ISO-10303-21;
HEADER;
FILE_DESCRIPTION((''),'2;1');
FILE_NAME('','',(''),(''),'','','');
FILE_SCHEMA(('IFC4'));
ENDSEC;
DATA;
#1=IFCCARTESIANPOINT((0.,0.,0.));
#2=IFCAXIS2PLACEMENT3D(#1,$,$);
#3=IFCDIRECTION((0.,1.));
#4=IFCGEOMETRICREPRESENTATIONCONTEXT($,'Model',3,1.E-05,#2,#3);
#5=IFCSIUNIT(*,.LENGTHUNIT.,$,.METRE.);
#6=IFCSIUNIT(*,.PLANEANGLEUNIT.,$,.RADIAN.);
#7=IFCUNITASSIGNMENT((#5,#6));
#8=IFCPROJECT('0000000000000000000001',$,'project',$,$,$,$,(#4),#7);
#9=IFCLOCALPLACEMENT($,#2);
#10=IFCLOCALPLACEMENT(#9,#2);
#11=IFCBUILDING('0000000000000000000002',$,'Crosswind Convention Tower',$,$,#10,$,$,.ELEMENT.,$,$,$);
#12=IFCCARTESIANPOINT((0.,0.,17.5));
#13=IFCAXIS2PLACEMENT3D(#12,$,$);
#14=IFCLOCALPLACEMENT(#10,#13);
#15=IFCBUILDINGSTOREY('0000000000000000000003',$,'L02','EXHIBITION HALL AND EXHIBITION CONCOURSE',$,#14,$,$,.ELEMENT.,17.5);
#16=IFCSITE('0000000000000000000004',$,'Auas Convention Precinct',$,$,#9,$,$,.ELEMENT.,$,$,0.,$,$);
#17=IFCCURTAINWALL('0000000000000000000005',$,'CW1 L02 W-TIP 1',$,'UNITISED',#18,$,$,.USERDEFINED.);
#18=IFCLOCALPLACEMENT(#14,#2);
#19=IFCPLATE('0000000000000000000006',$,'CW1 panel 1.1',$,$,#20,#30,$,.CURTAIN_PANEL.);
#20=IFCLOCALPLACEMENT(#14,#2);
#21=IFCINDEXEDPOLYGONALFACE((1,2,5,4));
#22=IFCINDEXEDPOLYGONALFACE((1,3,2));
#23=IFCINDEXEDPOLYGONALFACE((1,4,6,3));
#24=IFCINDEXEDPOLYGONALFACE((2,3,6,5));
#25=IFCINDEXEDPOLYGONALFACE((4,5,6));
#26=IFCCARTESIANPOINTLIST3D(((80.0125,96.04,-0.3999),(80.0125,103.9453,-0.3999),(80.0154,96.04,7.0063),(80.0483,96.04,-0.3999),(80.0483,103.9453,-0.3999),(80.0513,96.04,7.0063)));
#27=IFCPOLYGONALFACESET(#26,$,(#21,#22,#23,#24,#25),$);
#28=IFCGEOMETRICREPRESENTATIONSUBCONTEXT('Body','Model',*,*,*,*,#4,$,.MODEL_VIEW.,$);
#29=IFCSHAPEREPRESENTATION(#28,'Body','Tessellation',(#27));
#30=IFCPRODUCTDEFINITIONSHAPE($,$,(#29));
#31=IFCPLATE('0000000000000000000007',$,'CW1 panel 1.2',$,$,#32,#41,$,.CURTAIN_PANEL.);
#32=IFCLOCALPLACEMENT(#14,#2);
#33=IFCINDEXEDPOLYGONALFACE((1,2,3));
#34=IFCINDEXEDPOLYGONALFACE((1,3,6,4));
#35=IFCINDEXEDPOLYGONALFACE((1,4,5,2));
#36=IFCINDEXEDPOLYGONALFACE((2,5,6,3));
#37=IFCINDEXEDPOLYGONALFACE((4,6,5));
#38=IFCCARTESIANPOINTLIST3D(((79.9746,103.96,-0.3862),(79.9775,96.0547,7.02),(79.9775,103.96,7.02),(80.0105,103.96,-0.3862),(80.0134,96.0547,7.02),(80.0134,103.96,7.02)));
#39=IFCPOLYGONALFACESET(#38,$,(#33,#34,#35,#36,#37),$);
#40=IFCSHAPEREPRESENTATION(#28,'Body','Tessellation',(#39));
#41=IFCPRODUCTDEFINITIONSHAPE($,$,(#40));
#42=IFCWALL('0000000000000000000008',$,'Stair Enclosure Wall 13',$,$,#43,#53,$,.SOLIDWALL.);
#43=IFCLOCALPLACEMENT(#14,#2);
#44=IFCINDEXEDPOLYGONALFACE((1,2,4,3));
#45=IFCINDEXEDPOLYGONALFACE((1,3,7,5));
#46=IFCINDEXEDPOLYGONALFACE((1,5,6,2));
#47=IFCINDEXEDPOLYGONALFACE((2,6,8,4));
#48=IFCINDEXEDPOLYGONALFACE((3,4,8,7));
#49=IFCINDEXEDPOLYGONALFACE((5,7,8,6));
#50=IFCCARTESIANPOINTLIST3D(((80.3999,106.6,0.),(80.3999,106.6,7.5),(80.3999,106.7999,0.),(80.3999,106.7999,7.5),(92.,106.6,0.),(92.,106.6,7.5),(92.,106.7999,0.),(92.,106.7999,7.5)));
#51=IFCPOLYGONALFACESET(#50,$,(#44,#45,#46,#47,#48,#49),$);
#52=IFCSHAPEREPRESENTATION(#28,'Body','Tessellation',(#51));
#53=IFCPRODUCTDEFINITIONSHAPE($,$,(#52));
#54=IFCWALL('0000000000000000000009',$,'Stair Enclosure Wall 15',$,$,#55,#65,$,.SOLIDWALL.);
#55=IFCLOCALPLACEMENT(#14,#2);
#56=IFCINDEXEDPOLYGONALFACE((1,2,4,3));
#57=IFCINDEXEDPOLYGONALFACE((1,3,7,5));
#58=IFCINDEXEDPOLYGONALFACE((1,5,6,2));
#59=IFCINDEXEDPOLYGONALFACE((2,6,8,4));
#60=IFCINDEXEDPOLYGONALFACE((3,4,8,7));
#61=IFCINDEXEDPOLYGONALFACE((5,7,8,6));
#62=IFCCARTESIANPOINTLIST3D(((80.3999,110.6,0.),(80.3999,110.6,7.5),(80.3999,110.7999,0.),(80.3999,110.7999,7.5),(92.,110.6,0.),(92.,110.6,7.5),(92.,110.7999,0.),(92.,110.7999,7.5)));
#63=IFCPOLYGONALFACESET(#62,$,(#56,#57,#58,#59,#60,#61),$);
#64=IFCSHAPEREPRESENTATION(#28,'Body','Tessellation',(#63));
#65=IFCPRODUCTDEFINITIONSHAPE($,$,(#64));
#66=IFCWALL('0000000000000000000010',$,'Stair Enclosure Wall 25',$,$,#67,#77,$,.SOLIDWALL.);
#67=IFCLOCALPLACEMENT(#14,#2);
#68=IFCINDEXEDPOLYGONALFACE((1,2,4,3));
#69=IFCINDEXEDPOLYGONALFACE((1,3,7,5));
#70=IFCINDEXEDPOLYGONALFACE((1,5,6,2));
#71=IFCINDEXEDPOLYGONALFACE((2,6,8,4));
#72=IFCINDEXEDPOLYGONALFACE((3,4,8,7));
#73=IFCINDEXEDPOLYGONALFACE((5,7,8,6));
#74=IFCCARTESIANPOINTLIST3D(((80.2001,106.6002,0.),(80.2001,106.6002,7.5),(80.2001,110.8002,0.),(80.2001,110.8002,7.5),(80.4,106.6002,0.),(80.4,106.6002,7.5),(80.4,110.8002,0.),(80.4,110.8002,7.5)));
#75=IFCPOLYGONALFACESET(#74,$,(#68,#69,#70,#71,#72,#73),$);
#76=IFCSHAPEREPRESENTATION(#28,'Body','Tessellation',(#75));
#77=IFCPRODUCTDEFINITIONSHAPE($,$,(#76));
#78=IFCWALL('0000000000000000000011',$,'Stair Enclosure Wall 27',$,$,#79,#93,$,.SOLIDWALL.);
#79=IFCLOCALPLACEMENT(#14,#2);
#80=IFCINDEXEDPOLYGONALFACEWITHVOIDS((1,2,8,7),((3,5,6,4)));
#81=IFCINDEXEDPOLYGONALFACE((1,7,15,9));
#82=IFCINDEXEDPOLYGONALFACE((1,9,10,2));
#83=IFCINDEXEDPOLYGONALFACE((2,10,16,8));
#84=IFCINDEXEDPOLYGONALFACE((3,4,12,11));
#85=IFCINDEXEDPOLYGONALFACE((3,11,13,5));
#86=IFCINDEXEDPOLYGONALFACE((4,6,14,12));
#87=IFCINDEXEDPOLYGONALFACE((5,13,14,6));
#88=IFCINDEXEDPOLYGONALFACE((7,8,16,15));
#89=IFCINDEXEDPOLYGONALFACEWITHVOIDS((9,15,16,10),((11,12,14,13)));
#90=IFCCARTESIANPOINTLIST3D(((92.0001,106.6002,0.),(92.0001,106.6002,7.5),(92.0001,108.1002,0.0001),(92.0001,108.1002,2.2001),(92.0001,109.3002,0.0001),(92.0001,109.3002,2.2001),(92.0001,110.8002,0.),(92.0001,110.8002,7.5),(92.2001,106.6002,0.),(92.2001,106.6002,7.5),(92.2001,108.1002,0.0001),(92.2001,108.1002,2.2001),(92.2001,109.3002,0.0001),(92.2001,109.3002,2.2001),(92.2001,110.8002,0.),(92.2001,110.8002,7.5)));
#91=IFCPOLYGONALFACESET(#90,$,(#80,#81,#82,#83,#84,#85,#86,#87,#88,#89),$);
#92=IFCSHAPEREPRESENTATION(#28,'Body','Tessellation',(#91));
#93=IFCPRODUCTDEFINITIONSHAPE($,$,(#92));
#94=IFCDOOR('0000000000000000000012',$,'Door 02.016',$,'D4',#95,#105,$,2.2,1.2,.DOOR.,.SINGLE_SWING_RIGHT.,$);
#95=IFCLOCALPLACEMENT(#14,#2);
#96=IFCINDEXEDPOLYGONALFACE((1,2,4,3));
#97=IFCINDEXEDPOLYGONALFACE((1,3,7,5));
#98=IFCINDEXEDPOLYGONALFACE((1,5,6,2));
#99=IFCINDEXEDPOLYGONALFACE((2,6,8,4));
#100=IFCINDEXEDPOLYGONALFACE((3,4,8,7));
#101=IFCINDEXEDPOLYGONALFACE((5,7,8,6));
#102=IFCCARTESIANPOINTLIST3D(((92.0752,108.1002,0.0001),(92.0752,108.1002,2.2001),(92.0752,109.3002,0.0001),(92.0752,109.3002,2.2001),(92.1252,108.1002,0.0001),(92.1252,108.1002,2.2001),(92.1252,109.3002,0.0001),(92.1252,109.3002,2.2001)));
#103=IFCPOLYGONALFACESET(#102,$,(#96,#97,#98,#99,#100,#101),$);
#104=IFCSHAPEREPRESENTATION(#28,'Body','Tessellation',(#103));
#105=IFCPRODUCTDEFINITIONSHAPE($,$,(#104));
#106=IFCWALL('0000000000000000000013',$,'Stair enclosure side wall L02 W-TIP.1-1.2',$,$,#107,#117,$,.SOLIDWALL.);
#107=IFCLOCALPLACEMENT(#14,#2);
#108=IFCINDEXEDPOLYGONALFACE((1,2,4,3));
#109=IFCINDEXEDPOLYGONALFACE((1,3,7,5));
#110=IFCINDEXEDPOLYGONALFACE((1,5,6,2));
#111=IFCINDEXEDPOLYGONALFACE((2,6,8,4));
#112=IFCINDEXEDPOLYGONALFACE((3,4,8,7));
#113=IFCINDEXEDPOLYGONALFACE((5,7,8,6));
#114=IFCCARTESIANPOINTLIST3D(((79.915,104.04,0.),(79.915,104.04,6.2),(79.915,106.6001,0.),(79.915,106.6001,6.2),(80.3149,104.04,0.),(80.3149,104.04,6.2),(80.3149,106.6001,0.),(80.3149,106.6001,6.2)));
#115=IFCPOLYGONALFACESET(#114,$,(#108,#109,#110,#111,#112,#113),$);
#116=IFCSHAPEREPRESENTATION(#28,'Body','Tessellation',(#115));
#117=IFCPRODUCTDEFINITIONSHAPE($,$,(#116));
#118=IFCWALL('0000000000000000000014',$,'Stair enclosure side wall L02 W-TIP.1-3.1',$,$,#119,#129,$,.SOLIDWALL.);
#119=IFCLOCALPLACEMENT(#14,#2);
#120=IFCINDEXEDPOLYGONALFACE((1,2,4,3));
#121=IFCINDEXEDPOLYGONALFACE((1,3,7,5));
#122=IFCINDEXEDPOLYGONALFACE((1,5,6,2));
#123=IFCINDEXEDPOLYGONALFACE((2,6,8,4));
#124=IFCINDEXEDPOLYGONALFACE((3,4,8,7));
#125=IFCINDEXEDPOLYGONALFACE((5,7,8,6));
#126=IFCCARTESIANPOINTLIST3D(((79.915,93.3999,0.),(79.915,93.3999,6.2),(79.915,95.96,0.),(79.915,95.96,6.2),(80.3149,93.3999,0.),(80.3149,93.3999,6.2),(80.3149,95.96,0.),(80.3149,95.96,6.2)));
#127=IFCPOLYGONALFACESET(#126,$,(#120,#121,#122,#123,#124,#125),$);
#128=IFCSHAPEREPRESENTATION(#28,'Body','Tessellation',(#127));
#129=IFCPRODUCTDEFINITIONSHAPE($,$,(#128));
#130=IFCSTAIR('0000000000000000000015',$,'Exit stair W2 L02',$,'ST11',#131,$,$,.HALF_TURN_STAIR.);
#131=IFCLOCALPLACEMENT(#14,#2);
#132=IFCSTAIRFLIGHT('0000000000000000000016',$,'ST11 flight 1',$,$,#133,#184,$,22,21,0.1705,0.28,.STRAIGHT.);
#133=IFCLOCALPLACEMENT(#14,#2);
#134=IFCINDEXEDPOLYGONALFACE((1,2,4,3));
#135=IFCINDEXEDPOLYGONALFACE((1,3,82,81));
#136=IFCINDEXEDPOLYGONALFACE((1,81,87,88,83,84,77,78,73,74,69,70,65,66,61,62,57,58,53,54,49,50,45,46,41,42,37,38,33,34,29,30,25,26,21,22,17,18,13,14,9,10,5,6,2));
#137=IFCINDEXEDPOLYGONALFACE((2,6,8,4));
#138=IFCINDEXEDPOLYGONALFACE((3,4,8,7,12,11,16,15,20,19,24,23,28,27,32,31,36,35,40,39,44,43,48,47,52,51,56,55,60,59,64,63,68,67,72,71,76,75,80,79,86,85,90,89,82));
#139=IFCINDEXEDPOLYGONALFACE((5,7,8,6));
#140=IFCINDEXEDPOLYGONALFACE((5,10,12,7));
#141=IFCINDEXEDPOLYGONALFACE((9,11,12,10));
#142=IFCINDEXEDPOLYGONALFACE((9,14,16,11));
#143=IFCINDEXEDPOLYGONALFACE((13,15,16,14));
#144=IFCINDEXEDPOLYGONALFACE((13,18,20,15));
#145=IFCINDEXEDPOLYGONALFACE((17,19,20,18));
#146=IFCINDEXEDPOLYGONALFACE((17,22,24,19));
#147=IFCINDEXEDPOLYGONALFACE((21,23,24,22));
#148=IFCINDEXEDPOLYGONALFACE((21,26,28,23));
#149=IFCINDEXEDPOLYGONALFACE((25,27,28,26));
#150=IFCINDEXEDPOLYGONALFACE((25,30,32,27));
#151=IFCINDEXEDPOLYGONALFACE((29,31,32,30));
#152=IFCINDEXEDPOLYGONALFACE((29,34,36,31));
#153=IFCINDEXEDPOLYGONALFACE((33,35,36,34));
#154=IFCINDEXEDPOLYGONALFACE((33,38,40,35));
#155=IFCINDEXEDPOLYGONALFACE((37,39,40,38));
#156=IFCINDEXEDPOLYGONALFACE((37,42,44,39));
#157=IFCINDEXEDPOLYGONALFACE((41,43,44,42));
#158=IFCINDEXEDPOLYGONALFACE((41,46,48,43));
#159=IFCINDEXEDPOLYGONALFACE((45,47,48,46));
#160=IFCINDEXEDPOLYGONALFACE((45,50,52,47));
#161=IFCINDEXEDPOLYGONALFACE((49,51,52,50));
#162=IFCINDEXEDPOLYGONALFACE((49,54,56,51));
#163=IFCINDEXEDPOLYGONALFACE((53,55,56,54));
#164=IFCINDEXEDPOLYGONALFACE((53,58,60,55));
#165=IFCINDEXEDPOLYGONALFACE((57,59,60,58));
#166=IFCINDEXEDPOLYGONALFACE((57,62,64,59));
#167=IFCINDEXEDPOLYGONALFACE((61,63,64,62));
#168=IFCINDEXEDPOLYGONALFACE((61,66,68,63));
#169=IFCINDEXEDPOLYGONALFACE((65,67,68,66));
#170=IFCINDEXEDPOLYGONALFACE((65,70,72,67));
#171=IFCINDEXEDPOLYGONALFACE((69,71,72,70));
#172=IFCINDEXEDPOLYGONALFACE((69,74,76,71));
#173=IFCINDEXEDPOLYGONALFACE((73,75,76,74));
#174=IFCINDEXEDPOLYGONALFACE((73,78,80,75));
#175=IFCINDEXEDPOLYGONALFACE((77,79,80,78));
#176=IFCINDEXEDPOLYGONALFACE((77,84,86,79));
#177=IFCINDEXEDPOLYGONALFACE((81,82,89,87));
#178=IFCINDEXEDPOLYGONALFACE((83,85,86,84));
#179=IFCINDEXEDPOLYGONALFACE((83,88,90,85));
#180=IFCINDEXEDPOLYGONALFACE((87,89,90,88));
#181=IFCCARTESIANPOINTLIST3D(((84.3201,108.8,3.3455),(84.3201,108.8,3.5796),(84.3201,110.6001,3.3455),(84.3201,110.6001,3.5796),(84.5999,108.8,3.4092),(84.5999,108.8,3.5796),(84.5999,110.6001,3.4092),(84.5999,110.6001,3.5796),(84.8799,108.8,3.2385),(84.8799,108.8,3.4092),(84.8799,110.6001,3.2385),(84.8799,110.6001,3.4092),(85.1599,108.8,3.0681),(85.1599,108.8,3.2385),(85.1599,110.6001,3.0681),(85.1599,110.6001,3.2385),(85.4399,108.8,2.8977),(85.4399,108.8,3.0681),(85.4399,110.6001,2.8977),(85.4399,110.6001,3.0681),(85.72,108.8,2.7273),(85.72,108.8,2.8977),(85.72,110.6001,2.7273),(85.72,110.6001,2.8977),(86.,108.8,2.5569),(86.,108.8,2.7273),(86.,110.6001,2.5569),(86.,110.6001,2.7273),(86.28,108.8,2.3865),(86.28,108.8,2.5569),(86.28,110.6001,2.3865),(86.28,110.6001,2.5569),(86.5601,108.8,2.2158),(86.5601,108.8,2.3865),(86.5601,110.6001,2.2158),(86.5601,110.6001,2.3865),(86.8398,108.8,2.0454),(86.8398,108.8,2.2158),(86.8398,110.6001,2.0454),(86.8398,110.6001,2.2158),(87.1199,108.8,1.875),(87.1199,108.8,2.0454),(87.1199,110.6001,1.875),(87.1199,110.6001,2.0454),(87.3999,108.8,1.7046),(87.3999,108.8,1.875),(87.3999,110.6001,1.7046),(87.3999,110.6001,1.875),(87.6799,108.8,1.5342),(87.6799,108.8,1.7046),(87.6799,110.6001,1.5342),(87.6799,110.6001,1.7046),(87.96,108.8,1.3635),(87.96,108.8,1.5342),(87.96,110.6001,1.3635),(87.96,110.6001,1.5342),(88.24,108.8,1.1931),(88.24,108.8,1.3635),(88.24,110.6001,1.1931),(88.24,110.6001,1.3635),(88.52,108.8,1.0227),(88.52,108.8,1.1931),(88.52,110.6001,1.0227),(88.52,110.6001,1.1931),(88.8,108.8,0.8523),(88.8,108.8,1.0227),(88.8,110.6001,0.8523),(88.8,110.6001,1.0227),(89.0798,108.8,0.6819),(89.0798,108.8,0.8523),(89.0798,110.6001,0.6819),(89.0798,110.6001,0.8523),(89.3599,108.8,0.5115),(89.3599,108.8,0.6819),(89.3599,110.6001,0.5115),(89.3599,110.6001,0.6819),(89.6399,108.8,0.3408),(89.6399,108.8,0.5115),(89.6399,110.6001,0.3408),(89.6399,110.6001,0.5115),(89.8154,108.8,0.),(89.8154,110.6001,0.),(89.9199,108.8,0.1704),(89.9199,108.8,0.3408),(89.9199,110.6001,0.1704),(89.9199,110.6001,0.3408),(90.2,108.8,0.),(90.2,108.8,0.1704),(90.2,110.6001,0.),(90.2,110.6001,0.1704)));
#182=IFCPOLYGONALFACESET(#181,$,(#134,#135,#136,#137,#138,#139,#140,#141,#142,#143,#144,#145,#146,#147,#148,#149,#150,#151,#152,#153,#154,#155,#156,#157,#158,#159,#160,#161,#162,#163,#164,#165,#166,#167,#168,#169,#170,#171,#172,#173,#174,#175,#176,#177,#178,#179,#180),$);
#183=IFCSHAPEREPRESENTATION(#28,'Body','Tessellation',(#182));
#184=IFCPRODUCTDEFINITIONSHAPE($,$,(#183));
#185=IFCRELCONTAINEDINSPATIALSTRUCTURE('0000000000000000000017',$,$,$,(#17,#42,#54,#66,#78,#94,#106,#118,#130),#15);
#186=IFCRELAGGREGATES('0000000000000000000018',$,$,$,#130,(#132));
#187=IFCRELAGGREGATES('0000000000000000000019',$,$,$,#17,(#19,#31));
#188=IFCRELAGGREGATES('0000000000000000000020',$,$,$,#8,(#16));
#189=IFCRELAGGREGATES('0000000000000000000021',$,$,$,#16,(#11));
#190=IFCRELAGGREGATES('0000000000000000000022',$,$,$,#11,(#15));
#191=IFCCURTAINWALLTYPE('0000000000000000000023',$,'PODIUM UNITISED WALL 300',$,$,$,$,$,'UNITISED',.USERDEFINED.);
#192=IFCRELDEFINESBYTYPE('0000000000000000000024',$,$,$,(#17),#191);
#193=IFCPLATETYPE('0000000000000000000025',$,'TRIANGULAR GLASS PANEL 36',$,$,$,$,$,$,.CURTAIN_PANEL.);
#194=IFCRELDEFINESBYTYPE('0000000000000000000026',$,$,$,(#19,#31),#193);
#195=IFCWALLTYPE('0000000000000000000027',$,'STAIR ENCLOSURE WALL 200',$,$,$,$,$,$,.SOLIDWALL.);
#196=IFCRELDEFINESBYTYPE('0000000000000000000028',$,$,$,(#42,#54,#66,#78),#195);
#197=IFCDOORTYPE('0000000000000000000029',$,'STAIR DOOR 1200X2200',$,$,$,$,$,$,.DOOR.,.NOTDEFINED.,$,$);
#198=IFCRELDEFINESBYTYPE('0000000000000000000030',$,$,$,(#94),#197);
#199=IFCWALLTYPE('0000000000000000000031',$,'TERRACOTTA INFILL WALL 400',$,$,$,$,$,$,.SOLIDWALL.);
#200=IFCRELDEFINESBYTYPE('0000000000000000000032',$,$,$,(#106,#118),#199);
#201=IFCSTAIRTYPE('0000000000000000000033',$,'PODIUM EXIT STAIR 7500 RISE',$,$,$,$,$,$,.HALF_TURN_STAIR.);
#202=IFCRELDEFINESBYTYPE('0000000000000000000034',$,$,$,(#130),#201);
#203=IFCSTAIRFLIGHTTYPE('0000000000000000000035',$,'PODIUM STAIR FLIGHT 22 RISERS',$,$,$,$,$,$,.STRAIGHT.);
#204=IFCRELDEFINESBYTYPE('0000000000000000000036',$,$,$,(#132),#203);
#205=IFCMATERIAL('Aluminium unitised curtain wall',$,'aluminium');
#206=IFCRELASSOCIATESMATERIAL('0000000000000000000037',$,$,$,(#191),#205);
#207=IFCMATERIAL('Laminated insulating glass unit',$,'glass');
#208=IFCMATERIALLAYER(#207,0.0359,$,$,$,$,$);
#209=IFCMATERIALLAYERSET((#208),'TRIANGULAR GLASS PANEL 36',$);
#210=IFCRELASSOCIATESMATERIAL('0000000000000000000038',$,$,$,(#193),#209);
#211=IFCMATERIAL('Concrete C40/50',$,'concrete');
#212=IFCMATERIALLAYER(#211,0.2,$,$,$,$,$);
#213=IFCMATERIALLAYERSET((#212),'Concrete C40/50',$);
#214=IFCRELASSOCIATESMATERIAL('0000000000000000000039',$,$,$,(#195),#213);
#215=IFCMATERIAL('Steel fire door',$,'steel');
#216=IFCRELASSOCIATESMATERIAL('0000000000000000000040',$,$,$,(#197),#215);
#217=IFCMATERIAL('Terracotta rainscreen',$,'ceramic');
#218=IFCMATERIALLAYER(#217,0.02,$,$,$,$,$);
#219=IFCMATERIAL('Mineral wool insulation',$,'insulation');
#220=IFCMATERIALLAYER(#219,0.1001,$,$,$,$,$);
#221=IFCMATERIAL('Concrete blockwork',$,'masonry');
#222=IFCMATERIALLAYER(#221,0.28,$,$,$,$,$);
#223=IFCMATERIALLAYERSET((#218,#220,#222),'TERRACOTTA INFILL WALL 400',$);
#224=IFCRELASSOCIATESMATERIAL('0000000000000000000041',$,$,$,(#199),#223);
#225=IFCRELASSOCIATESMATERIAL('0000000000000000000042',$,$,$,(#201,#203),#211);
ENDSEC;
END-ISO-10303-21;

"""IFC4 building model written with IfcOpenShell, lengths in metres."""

from ifc_helpers import new_model, si_unit, direction, frame, frame_2d, origin, place, context, subcontext, project, spatial, polyline, rectangle, outline, extrude, material, layer, layer_set, type_object, element, fill, aggregate, save


model = new_model("IFC4")

# Units and contexts
model_context = context("Model", 3, precision=1e-05, world=origin(), true_north=direction((0.0, 1.0)))
body_context = subcontext(model_context, "Body", "Model", "MODEL_VIEW")
ifc_project = project(units=[si_unit("LENGTHUNIT", "METRE"), si_unit("PLANEANGLEUNIT", "RADIAN")], contexts=[model_context])

# Site, building, storey
site_placement = place(None, origin())
site = spatial("IfcSite", under=ifc_project, at=site_placement, Name="Auas Convention Precinct", CompositionType="ELEMENT", RefElevation=0.0)
building_placement = place(site_placement, origin())
building = spatial("IfcBuilding", under=site, at=building_placement, Name="Crosswind Convention Tower", CompositionType="ELEMENT")
storey_placement = place(building_placement, frame((0.0, 0.0, 17.5)))
storey = spatial("IfcBuildingStorey", under=building, at=storey_placement, Name="L02", Description="EXHIBITION HALL AND EXHIBITION CONCOURSE", CompositionType="ELEMENT", Elevation=17.5)

# Curtain wall
ifc_material_1 = material(Name="Aluminium unitised curtain wall", Category="aluminium")
curtain_wall_type = type_object("IfcCurtainWallType", Name="PODIUM UNITISED WALL 300", ElementType="UNITISED", PredefinedType="USERDEFINED", material=ifc_material_1)
curtain_wall_placement = place(storey_placement, origin())
curtain_wall = element("IfcCurtainWall", 1, at=curtain_wall_placement, inside=storey, type_object=curtain_wall_type, Name="CW1 L02 W-TIP 1", ObjectType="UNITISED", PredefinedType="USERDEFINED")

# Plates
ifc_material_2 = material(Name="Laminated insulating glass unit", Category="glass")
ifc_layer_1 = layer(ifc_material_2, 0.0359)
ifc_layer_set_1 = layer_set([ifc_layer_1], Name="TRIANGULAR GLASS PANEL 36")
plate_type = type_object("IfcPlateType", Name="TRIANGULAR GLASS PANEL 36", PredefinedType="CURTAIN_PANEL", material=ifc_layer_set_1)
plate_1_placement = place(storey_placement, frame((80.0125, 96.04, -0.3999), z_axis=(-1.0, 0.0, 0.000396), x_axis=(0.000396, 0.0, 1.0)))
plate_1 = element("IfcPlate", 2, at=plate_1_placement, type_object=plate_type, Name="CW1 panel 1.1", PredefinedType="CURTAIN_PANEL", context=body_context, shape_type="SweptSolid", body=[
    extrude(outline(polyline([(0.0, 0.0), (7.4063, 0.0), (0.0, 7.9053), (0.0, 0.0)])), origin(), (0.0, 0.0, -1.0), 0.0359),
])
plate_2_placement = place(storey_placement, frame((79.9775, 103.96, 7.02), z_axis=(-1.0, 0.0, 0.000396), x_axis=(-0.000396, 0.0, -1.0)))
plate_2 = element("IfcPlate", 3, at=plate_2_placement, type_object=plate_type, Name="CW1 panel 1.2", PredefinedType="CURTAIN_PANEL", context=body_context, shape_type="SweptSolid", body=[
    extrude(outline(polyline([(0.0, 0.0), (7.4063, 0.0), (0.0, 7.9053), (0.0, 0.0)])), origin(), (0.0, 0.0, -1.0), 0.0359),
])

# Walls
ifc_material_3 = material(Name="Concrete C40/50", Category="concrete")
ifc_layer_2 = layer(ifc_material_3, 0.2)
ifc_layer_set_2 = layer_set([ifc_layer_2], Name="Concrete C40/50")
wall_type_1 = type_object("IfcWallType", Name="STAIR ENCLOSURE WALL 200", PredefinedType="SOLIDWALL", material=ifc_layer_set_2)
for number, where, z_axis, x_axis, name in (
    (4, (80.3999, 106.7, 0.0), (0.0, 0.0, 1.0), (1.0, 0.0, 0.0), "Stair Enclosure Wall 13"),
    (5, (80.3999, 110.7, 0.0), (0.0, 0.0, 1.0), (1.0, 0.0, 0.0), "Stair Enclosure Wall 15"),
):
    element("IfcWall", number, at=place(storey_placement, frame(where, z_axis=z_axis, x_axis=x_axis)), inside=storey, type_object=wall_type_1, Name=name, PredefinedType="SOLIDWALL", context=body_context, shape_type="SweptSolid", body=[
        extrude(rectangle(XDim=11.6001, YDim=0.2, at=frame_2d((5.8, 0.0))), origin(), (0.0, 0.0, 1.0), 7.5),
    ])
wall_1_placement = place(storey_placement, frame((80.3, 106.6001, 0.0), z_axis=(0.0, 0.0, 1.0), x_axis=(0.0, 1.0, 0.0)))
element("IfcWall", 6, at=wall_1_placement, inside=storey, type_object=wall_type_1, Name="Stair Enclosure Wall 25", PredefinedType="SOLIDWALL", context=body_context, shape_type="SweptSolid", body=[
    extrude(rectangle(XDim=4.2, YDim=0.2, at=frame_2d((2.1001, 0.0))), origin(), (0.0, 0.0, 1.0), 7.5),
])

# Wall, opening, door
wall_2_placement = place(storey_placement, frame((92.1001, 106.6001, 0.0), z_axis=(0.0, 0.0, 1.0), x_axis=(0.0, 1.0, 0.0)))
wall_2 = element("IfcWall", 7, at=wall_2_placement, inside=storey, type_object=wall_type_1, Name="Stair Enclosure Wall 27", PredefinedType="SOLIDWALL", context=body_context, shape_type="SweptSolid", body=[
    extrude(rectangle(XDim=4.2, YDim=0.2, at=frame_2d((2.1001, 0.0))), origin(), (0.0, 0.0, 1.0), 7.5),
])
opening_placement = place(wall_2_placement, frame((1.5, 0.0, 0.0)))
opening = element("IfcOpeningElement", 8, at=opening_placement, cuts=wall_2, PredefinedType="OPENING", context=body_context, shape_type="SweptSolid", body=[
    extrude(rectangle(XDim=1.2, YDim=2.2, at=frame_2d((0.6001, 1.1001))), frame((0.0, 0.1099, 0.0), z_axis=(0.0, -1.0, 0.0), x_axis=(1.0, 0.0, 0.0)), (0.0, 0.0, 1.0), 0.22),
])
ifc_material_4 = material(Name="Steel fire door", Category="steel")
door_type = type_object("IfcDoorType", Name="STAIR DOOR 1200X2200", OperationType="NOTDEFINED", PredefinedType="DOOR", material=ifc_material_4)
door_placement = place(opening_placement, origin())
door = element("IfcDoor", 9, at=door_placement, inside=storey, type_object=door_type, Name="Door 02.016", ObjectType="D4", OperationType="SINGLE_SWING_RIGHT", OverallHeight=2.2, OverallWidth=1.2, PredefinedType="DOOR", context=body_context, shape_type="SweptSolid", body=[
    extrude(rectangle(XDim=1.2, YDim=2.2, at=frame_2d((0.6001, 1.1001))), frame((0.0, 0.0249, 0.0), z_axis=(0.0, -1.0, 0.0), x_axis=(1.0, 0.0, 0.0)), (0.0, 0.0, 1.0), 0.05),
])
fill(opening, door)

# Walls
ifc_material_5 = material(Name="Terracotta rainscreen", Category="ceramic")
ifc_layer_3 = layer(ifc_material_5, 0.02)
ifc_material_6 = material(Name="Mineral wool insulation", Category="insulation")
ifc_layer_4 = layer(ifc_material_6, 0.1001)
ifc_material_7 = material(Name="Concrete blockwork", Category="masonry")
ifc_layer_5 = layer(ifc_material_7, 0.28)
ifc_layer_set_3 = layer_set([ifc_layer_3, ifc_layer_4, ifc_layer_5], Name="TERRACOTTA INFILL WALL 400")
wall_type_2 = type_object("IfcWallType", Name="TERRACOTTA INFILL WALL 400", PredefinedType="SOLIDWALL", material=ifc_layer_set_3)
for number, where, z_axis, x_axis, name in (
    (10, (80.115, 106.6001, 0.0), (0.0, 0.0, 1.0), (0.0, -1.0, 0.0), "Stair enclosure side wall L02 W-TIP.1-1.2"),
    (11, (80.115, 95.96, 0.0), (0.0, 0.0, 1.0), (0.0, -1.0, 0.0), "Stair enclosure side wall L02 W-TIP.1-3.1"),
):
    element("IfcWall", number, at=place(storey_placement, frame(where, z_axis=z_axis, x_axis=x_axis)), inside=storey, type_object=wall_type_2, Name=name, PredefinedType="SOLIDWALL", context=body_context, shape_type="SweptSolid", body=[
        extrude(rectangle(XDim=2.5601, YDim=0.3999, at=frame_2d((1.28, 0.0))), origin(), (0.0, 0.0, 1.0), 6.2),
    ])

# Stair, stair flight
stair_type = type_object("IfcStairType", Name="PODIUM EXIT STAIR 7500 RISE", PredefinedType="HALF_TURN_STAIR", material=ifc_material_3)
stair_placement = place(storey_placement, origin())
stair = element("IfcStair", 12, at=stair_placement, inside=storey, type_object=stair_type, Name="Exit stair W2 L02", ObjectType="ST11", PredefinedType="HALF_TURN_STAIR")
stair_flight_type = type_object("IfcStairFlightType", Name="PODIUM STAIR FLIGHT 22 RISERS", PredefinedType="STRAIGHT", material=ifc_material_3)
stair_flight_1_placement = place(storey_placement, frame((90.2, 109.7, 0.0), z_axis=(0.0, 0.0, 1.0), x_axis=(-1.0, 0.0, 0.0)))
stair_flight_1 = element("IfcStairFlight", 13, at=stair_flight_1_placement, type_object=stair_flight_type, Name="ST11 flight 1", NumberOfRisers=22, NumberOfTreads=21, PredefinedType="STRAIGHT", RiserHeight=0.1705, TreadLength=0.28, context=body_context, shape_type="SweptSolid", body=[
    extrude(outline(polyline([(0.0, 0.0), (0.0, 0.1704), (0.28, 0.1704), (0.28, 0.3408), (0.5601, 0.3408), (0.5601, 0.5115), (0.8401, 0.5115), (0.8401, 0.6819), (1.1201, 0.6819), (1.1201, 0.8523), (1.3999, 0.8523), (1.3999, 1.0227), (1.6799, 1.0227), (1.6799, 1.1931), (1.96, 1.1931), (1.96, 1.3635), (2.24, 1.3635), (2.24, 1.5342), (2.52, 1.5342), (2.52, 1.7046), (2.8, 1.7046), (2.8, 1.875), (3.0801, 1.875), (3.0801, 2.0454), (3.3601, 2.0454), (3.3601, 2.2158), (3.6399, 2.2158), (3.6399, 2.3865), (3.9199, 2.3865), (3.9199, 2.5569), (4.2, 2.5569), (4.2, 2.7273), (4.48, 2.7273), (4.48, 2.8977), (4.76, 2.8977), (4.76, 3.0681), (5.04, 3.0681), (5.04, 3.2385), (5.3201, 3.2385), (5.3201, 3.4092), (5.6001, 3.4092), (5.6001, 3.5796), (5.8799, 3.5796), (5.8799, 3.75), (5.8799, 3.3455), (0.3845, 0.0), (0.0, 0.0)])), frame((0.0, 0.8999, 0.0), z_axis=(0.0, -1.0, 0.0), x_axis=(1.0, 0.0, 0.0)), (0.0, 0.0, 1.0), 1.8),
])
aggregate(stair, [stair_flight_1])

aggregate(curtain_wall, [plate_1, plate_2])

save(model, "model.ifc")
